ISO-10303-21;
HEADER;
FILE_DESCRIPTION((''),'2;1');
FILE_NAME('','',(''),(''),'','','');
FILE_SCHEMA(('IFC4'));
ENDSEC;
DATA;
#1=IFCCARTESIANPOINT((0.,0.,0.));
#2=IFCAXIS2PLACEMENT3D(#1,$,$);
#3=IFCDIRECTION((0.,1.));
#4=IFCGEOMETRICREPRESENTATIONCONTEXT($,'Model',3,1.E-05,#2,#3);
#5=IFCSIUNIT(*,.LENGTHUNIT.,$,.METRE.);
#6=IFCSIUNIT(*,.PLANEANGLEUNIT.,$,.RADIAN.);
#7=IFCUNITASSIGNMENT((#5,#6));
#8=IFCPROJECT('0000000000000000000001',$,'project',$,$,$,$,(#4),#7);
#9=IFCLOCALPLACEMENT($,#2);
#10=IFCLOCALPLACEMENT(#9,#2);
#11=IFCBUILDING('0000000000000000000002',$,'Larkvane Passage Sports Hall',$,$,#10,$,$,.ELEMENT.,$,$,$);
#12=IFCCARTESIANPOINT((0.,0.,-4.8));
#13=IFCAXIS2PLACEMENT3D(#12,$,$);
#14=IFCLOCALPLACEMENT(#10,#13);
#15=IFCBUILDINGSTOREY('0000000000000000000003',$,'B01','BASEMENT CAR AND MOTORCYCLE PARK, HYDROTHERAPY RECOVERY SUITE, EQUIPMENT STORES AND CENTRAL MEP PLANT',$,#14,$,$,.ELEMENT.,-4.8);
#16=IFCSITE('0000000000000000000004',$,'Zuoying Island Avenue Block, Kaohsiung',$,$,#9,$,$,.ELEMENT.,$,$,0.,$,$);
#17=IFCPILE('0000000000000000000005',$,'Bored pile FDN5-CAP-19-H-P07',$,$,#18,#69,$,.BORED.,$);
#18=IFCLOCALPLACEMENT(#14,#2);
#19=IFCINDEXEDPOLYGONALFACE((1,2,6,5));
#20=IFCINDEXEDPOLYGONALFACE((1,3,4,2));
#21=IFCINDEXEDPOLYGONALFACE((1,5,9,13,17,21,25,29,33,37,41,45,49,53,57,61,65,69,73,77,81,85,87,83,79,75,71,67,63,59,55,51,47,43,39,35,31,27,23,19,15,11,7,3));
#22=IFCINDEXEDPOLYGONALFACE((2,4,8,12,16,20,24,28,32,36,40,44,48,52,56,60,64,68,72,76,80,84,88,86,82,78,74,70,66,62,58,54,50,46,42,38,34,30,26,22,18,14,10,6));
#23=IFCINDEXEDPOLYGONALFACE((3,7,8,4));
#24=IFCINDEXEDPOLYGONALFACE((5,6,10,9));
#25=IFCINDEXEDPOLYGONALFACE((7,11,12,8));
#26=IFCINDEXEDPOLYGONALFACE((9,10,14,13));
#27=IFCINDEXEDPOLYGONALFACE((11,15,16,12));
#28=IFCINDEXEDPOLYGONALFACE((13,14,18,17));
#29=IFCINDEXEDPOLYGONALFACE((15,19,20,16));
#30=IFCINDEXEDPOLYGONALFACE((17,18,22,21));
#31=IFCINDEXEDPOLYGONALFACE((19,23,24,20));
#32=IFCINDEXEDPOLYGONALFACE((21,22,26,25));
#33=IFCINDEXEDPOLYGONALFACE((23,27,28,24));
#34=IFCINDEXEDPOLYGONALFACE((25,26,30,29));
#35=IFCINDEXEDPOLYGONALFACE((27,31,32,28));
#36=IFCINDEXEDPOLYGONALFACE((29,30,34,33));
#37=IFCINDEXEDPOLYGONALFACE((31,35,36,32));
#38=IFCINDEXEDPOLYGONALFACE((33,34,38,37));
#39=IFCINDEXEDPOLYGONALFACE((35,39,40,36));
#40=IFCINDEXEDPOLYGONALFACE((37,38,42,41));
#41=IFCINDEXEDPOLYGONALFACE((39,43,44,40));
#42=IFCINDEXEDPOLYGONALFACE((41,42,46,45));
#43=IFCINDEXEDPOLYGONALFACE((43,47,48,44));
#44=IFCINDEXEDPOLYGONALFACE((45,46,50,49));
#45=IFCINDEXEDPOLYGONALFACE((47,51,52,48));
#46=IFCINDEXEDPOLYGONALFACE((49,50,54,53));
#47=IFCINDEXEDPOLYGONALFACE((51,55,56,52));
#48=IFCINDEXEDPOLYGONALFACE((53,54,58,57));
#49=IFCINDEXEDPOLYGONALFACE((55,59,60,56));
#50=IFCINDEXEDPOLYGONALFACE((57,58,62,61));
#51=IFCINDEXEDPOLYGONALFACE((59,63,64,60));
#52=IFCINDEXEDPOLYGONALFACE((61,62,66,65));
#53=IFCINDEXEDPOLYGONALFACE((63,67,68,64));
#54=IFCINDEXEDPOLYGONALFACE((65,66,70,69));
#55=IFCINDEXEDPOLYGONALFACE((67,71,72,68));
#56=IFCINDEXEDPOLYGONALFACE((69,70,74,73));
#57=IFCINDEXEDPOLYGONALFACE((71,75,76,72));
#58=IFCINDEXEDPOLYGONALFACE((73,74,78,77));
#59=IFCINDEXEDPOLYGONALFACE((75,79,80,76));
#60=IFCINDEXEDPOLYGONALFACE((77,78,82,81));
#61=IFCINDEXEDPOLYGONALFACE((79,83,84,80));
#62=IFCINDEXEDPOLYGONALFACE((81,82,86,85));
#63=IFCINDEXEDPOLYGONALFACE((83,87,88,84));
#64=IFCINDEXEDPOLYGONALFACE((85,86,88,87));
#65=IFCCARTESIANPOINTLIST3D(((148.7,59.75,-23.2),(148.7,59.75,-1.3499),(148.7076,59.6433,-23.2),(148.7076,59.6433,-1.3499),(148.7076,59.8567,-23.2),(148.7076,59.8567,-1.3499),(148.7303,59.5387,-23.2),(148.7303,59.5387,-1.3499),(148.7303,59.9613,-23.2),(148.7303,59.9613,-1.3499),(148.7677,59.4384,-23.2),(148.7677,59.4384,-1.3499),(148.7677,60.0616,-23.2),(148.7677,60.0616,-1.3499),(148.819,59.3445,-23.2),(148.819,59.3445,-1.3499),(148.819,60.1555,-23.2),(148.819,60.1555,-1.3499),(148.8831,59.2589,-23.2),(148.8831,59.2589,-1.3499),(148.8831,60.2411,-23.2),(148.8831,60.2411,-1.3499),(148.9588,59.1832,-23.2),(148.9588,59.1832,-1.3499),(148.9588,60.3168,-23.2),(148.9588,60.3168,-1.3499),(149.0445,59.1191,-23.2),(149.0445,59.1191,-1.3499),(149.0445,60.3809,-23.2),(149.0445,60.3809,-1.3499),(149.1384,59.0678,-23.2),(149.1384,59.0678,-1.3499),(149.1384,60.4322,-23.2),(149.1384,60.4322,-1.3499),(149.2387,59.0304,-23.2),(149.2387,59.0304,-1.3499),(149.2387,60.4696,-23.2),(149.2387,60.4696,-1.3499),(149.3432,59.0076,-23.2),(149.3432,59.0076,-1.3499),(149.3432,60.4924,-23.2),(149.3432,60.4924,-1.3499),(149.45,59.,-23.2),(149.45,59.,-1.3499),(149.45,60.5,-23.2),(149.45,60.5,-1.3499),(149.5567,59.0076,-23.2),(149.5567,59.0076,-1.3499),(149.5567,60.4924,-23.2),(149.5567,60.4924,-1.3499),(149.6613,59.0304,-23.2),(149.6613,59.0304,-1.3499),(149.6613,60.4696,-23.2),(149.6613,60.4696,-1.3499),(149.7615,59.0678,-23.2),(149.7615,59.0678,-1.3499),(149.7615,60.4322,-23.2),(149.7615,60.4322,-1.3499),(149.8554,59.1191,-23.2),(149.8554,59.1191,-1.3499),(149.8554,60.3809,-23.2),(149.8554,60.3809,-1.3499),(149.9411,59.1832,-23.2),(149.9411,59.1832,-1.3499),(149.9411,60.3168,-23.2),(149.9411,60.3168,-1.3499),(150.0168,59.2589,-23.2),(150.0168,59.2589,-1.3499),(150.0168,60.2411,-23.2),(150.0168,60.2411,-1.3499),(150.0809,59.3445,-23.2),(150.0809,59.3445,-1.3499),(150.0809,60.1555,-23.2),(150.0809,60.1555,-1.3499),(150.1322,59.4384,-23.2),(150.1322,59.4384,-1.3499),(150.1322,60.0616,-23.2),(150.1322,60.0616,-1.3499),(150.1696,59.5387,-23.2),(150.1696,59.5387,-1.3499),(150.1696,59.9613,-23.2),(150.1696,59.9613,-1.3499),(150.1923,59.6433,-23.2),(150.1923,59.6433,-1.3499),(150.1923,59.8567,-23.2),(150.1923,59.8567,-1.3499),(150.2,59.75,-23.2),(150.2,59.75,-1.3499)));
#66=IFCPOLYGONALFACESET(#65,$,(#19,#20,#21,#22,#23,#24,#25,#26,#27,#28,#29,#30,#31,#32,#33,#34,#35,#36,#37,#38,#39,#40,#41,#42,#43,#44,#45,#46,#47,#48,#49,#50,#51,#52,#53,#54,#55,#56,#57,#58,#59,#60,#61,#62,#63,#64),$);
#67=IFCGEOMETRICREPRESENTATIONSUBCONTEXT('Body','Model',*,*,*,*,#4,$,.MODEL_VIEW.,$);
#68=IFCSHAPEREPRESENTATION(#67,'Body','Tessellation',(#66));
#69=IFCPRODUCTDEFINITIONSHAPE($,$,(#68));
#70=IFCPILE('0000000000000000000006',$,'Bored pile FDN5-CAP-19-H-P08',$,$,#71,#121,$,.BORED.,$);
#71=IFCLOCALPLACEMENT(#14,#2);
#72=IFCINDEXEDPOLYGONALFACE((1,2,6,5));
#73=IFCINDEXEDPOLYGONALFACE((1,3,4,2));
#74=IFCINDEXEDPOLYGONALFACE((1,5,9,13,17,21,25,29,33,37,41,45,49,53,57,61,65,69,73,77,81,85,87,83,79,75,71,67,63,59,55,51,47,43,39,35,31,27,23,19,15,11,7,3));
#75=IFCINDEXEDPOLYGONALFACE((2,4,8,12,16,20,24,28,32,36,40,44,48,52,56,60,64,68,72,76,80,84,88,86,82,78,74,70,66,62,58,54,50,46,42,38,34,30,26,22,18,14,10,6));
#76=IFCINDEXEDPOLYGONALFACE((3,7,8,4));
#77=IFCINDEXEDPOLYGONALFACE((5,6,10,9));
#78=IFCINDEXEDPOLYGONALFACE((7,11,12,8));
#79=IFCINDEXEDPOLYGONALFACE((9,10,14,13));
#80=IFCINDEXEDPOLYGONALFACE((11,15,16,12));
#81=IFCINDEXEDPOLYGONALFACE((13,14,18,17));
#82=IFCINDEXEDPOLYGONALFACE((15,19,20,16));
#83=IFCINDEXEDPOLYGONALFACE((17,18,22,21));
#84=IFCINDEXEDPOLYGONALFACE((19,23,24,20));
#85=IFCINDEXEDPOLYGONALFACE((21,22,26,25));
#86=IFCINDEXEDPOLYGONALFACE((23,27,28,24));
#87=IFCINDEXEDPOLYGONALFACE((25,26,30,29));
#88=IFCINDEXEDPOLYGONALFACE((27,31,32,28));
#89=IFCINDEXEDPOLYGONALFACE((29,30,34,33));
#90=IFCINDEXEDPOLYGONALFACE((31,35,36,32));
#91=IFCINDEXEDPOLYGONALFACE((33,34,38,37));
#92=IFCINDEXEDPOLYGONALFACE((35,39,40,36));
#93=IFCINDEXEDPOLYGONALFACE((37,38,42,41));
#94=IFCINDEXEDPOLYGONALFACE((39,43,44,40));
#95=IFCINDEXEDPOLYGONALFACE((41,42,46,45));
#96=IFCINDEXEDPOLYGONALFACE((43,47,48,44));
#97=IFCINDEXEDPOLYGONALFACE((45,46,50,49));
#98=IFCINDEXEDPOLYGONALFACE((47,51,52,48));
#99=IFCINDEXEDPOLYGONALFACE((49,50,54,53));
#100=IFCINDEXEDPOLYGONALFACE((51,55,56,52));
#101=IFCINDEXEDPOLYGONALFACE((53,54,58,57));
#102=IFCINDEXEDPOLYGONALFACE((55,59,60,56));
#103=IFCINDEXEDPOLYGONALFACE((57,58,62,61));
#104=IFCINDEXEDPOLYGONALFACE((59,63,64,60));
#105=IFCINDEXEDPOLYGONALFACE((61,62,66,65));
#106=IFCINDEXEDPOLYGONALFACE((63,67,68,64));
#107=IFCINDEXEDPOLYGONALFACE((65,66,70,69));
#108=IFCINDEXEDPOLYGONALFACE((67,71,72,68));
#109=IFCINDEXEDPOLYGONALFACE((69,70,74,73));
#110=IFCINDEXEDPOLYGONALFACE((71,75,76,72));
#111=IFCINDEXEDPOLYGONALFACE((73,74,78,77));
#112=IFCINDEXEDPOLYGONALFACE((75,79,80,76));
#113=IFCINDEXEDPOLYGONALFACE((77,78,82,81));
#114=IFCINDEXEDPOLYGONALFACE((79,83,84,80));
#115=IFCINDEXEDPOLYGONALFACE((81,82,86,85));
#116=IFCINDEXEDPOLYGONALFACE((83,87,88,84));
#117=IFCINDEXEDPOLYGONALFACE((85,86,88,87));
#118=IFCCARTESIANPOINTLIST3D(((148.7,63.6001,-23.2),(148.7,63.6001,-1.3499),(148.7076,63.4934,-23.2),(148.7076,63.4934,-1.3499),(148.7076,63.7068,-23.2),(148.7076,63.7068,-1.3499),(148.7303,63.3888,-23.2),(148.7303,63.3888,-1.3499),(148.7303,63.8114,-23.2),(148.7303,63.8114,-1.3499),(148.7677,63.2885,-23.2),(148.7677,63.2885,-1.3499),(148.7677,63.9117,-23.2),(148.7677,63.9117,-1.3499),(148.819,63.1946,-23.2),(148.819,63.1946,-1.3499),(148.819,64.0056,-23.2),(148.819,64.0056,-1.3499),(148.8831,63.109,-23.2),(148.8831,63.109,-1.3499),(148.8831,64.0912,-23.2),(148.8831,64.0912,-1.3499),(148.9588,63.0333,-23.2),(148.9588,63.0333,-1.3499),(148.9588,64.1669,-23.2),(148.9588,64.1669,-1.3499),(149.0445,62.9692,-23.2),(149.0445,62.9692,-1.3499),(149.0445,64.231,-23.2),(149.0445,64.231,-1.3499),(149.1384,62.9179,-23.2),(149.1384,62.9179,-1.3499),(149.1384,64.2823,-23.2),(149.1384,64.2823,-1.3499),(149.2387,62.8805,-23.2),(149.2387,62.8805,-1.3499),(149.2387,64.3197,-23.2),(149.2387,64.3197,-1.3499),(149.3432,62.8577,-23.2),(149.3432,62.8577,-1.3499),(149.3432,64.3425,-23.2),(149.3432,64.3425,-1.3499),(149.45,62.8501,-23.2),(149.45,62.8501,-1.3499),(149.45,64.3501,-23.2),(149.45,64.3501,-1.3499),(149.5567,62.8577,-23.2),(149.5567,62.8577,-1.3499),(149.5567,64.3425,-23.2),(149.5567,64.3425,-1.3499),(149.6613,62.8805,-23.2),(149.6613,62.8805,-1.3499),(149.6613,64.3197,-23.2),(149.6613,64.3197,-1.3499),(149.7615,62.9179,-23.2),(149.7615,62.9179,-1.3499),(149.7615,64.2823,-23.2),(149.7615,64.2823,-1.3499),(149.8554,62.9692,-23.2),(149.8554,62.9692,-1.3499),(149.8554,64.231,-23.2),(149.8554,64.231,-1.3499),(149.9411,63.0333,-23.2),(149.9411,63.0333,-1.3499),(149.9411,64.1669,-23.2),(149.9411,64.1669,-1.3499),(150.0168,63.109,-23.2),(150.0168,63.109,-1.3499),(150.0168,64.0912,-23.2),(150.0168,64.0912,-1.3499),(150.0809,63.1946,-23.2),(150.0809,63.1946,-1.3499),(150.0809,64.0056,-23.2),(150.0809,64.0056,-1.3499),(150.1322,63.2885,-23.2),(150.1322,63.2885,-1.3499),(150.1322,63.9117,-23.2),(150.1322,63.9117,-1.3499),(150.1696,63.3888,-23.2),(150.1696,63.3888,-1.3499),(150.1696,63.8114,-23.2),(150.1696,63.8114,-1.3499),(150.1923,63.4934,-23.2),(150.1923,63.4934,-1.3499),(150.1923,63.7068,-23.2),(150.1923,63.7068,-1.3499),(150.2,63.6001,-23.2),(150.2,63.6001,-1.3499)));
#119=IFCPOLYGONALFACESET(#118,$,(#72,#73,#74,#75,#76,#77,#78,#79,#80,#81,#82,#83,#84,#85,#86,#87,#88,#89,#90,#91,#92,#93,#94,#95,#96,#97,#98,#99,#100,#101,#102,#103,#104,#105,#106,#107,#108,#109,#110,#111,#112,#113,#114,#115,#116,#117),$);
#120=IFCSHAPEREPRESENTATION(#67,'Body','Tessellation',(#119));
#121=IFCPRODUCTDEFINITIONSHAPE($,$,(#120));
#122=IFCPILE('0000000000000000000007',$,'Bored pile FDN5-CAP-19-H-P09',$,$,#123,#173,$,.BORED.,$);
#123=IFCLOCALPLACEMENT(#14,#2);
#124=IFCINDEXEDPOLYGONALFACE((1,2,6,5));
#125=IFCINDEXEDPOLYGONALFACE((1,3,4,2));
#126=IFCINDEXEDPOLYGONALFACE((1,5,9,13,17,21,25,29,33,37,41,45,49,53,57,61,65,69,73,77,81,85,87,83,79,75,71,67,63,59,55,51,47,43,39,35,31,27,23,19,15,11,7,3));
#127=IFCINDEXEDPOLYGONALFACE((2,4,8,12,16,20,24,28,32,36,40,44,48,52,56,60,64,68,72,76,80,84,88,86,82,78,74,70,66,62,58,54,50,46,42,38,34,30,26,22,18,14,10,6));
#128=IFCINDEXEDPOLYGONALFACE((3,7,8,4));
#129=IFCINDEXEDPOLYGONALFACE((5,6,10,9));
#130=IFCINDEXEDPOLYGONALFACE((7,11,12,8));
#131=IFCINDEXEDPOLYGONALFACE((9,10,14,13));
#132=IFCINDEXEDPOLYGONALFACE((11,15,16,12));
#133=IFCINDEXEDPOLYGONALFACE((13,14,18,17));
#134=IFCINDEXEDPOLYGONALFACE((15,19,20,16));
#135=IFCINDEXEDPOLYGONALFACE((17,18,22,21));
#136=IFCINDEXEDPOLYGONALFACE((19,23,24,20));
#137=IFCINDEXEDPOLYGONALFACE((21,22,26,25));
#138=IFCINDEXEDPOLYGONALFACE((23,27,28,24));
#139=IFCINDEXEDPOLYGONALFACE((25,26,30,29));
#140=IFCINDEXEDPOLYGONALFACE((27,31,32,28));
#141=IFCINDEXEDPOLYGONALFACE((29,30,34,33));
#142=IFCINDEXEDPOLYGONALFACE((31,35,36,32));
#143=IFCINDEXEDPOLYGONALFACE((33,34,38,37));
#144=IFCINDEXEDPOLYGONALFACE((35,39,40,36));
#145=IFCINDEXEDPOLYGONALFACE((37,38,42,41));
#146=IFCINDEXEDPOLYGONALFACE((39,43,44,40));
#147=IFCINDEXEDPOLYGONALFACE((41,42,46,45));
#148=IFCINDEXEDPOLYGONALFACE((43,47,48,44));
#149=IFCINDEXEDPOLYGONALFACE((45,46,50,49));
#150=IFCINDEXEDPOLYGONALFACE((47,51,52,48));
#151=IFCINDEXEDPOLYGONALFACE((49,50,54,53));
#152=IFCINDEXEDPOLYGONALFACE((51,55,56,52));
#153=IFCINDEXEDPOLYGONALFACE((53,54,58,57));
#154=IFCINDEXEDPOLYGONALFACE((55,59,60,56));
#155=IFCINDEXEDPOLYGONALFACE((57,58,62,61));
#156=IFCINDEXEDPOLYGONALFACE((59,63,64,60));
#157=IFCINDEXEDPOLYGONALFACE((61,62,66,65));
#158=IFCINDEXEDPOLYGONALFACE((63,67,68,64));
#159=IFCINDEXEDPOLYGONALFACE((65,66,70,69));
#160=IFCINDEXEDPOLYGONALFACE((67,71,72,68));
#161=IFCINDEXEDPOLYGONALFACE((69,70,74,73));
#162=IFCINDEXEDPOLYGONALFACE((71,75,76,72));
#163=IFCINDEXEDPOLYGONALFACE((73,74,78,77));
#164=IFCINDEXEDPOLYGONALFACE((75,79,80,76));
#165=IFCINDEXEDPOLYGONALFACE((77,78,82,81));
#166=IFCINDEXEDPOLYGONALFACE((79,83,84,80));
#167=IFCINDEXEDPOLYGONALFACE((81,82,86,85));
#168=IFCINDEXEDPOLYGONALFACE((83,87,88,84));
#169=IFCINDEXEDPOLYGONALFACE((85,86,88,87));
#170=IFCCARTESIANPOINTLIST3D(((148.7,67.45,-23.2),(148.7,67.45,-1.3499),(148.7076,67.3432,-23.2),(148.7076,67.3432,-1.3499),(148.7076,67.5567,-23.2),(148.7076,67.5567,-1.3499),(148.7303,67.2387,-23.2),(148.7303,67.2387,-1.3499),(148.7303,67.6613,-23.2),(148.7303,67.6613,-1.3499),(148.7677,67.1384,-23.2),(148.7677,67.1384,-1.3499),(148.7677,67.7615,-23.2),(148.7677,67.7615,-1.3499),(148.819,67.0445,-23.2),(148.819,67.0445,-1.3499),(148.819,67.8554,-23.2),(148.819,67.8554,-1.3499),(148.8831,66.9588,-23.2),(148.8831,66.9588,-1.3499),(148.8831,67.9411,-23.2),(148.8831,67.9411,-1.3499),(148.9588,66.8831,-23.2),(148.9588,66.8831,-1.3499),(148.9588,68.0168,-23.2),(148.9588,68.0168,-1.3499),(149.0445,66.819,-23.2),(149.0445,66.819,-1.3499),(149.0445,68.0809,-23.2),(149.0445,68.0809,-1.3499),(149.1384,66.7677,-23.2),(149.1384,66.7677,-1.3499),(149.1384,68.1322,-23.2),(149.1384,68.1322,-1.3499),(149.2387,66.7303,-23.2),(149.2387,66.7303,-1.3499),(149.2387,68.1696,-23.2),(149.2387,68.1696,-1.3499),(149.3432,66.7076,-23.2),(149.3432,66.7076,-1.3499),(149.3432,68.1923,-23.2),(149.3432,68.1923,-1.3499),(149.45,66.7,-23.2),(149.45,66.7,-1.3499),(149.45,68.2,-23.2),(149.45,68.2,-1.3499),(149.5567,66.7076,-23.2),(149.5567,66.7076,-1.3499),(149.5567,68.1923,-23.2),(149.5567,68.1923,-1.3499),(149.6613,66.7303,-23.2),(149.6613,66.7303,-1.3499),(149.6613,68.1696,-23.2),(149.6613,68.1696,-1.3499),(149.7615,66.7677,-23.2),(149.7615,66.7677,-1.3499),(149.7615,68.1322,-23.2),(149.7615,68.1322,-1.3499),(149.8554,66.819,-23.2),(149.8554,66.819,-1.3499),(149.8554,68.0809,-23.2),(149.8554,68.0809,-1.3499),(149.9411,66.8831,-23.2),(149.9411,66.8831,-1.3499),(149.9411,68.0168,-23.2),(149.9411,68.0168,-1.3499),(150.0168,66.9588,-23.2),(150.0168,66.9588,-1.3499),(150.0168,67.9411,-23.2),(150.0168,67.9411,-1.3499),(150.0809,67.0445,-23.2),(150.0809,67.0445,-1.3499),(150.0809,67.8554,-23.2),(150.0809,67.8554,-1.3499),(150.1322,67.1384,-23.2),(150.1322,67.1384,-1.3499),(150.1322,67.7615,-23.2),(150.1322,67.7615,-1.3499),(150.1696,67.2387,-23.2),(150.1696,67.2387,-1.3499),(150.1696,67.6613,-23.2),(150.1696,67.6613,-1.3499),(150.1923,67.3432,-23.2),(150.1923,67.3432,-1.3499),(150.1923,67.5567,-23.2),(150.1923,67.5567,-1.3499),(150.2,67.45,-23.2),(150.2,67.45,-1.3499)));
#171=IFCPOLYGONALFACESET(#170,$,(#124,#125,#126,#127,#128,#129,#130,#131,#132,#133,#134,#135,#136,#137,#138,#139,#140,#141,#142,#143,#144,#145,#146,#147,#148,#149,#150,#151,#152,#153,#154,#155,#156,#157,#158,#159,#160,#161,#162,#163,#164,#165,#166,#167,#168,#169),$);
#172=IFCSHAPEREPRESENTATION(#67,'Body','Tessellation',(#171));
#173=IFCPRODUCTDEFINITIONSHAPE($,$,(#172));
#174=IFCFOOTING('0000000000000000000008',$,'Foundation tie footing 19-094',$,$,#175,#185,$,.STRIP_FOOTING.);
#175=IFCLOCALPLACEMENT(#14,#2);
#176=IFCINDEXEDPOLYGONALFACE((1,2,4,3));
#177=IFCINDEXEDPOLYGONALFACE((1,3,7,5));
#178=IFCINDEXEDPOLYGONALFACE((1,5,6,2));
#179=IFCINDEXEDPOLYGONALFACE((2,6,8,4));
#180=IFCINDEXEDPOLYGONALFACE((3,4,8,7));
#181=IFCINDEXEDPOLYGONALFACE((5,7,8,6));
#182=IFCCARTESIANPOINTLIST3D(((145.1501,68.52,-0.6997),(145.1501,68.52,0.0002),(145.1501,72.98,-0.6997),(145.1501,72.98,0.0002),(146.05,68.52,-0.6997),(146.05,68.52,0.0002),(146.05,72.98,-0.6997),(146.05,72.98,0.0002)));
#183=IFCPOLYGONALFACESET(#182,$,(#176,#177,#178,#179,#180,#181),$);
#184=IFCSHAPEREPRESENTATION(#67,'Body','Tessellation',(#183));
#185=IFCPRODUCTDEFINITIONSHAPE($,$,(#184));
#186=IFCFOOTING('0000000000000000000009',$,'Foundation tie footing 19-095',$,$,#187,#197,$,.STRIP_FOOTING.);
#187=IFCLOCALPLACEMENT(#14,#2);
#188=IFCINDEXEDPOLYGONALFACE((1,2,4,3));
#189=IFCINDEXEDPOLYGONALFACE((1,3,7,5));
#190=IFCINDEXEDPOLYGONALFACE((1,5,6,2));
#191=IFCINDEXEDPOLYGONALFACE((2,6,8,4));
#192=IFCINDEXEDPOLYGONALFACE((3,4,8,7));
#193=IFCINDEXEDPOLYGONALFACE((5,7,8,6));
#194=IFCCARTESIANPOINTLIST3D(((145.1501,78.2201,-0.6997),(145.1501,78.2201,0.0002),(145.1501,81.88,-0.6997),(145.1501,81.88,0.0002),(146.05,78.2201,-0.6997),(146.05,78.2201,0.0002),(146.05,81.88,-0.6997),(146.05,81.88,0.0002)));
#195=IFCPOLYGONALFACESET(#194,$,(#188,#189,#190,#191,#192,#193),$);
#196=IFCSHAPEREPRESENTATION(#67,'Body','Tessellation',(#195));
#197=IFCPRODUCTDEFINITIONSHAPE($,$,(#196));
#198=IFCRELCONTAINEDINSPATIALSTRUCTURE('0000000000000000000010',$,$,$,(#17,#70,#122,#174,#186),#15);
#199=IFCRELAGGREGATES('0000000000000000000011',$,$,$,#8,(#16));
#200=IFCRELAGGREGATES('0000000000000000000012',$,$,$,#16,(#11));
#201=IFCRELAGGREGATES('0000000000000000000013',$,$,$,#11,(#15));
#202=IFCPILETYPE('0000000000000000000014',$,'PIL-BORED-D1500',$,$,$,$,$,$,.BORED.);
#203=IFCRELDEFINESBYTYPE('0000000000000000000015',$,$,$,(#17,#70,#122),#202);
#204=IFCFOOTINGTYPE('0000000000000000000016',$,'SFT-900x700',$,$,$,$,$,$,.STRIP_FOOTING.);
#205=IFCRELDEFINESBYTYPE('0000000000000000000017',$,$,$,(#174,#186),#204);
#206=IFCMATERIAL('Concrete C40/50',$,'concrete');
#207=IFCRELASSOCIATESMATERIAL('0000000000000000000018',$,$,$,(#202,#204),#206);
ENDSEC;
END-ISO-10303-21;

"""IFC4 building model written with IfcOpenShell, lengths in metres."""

from ifc_helpers import new_model, si_unit, direction, frame, origin, origin_2d, place, context, subcontext, project, spatial, rectangle, circle, extrude, material, material_profile, profile_set, type_object, element, save


model = new_model("IFC4")

# Units and contexts
model_context = context("Model", 3, precision=1e-05, world=origin(), true_north=direction((0.0, 1.0)))
body_context = subcontext(model_context, "Body", "Model", "MODEL_VIEW")
ifc_project = project(units=[si_unit("LENGTHUNIT", "METRE"), si_unit("PLANEANGLEUNIT", "RADIAN")], contexts=[model_context])

# Site, building, storey
site_placement = place(None, origin())
site = spatial("IfcSite", under=ifc_project, at=site_placement, Name="Zuoying Island Avenue Block, Kaohsiung", CompositionType="ELEMENT", RefElevation=0.0)
building_placement = place(site_placement, origin())
building = spatial("IfcBuilding", under=site, at=building_placement, Name="Larkvane Passage Sports Hall", CompositionType="ELEMENT")
storey_placement = place(building_placement, frame((0.0, 0.0, -4.8)))
storey = spatial("IfcBuildingStorey", under=building, at=storey_placement, Name="B01", Description="BASEMENT CAR AND MOTORCYCLE PARK, HYDROTHERAPY RECOVERY SUITE, EQUIPMENT STORES AND CENTRAL MEP PLANT", CompositionType="ELEMENT", Elevation=-4.8)

# Shared definitions
ifc_material_1 = material(Name="Concrete C40/50", Category="concrete")

# Piles
ifc_material_profile_1 = material_profile(ifc_material_1, circle(Radius=0.75, at=origin_2d()), Name="PILE-D1500")
ifc_profile_set_1 = profile_set([ifc_material_profile_1], Name="Concrete C40/50")
pile_type_1 = type_object("IfcPileType", Name="PIL-BORED-D1500", PredefinedType="BORED", material=ifc_profile_set_1)
for number, where, z_axis, x_axis, name in (
    (1, (149.45, 59.75, -1.3499), (0.0, 0.0, -1.0), (1.0, 0.0, 0.0), "Bored pile FDN5-CAP-19-H-P07"),
    (2, (149.45, 63.6001, -1.3499), (0.0, 0.0, -1.0), (1.0, 0.0, 0.0), "Bored pile FDN5-CAP-19-H-P08"),
    (3, (149.45, 67.45, -1.3499), (0.0, 0.0, -1.0), (1.0, 0.0, 0.0), "Bored pile FDN5-CAP-19-H-P09"),
):
    element("IfcPile", number, at=place(storey_placement, frame(where, z_axis=z_axis, x_axis=x_axis)), inside=storey, type_object=pile_type_1, Name=name, PredefinedType="BORED", context=body_context, shape_type="SweptSolid", body=[
        extrude(circle(Radius=0.75, at=origin_2d()), origin(), (0.0, 0.0, 1.0), 21.8501),
    ])

# Footings
footing_type_1 = type_object("IfcFootingType", Name="SFT-900x700", PredefinedType="STRIP_FOOTING", material=ifc_material_1)
footing_1_placement = place(storey_placement, frame((145.6001, 70.75, -0.6997), z_axis=(0.0, 0.0, 1.0), x_axis=(1.0, 0.0, 0.0)))
element("IfcFooting", 4, at=footing_1_placement, inside=storey, type_object=footing_type_1, Name="Foundation tie footing 19-094", PredefinedType="STRIP_FOOTING", context=body_context, shape_type="SweptSolid", body=[
    extrude(rectangle(XDim=0.8999, YDim=4.46, at=origin_2d()), origin(), (0.0, 0.0, 1.0), 0.7),
])
footing_2_placement = place(storey_placement, frame((145.6001, 80.05, -0.6997), z_axis=(0.0, 0.0, 1.0), x_axis=(1.0, 0.0, 0.0)))
element("IfcFooting", 5, at=footing_2_placement, inside=storey, type_object=footing_type_1, Name="Foundation tie footing 19-095", PredefinedType="STRIP_FOOTING", context=body_context, shape_type="SweptSolid", body=[
    extrude(rectangle(XDim=0.8999, YDim=3.6599, at=origin_2d()), origin(), (0.0, 0.0, 1.0), 0.7),
])

save(model, "model.ifc")
